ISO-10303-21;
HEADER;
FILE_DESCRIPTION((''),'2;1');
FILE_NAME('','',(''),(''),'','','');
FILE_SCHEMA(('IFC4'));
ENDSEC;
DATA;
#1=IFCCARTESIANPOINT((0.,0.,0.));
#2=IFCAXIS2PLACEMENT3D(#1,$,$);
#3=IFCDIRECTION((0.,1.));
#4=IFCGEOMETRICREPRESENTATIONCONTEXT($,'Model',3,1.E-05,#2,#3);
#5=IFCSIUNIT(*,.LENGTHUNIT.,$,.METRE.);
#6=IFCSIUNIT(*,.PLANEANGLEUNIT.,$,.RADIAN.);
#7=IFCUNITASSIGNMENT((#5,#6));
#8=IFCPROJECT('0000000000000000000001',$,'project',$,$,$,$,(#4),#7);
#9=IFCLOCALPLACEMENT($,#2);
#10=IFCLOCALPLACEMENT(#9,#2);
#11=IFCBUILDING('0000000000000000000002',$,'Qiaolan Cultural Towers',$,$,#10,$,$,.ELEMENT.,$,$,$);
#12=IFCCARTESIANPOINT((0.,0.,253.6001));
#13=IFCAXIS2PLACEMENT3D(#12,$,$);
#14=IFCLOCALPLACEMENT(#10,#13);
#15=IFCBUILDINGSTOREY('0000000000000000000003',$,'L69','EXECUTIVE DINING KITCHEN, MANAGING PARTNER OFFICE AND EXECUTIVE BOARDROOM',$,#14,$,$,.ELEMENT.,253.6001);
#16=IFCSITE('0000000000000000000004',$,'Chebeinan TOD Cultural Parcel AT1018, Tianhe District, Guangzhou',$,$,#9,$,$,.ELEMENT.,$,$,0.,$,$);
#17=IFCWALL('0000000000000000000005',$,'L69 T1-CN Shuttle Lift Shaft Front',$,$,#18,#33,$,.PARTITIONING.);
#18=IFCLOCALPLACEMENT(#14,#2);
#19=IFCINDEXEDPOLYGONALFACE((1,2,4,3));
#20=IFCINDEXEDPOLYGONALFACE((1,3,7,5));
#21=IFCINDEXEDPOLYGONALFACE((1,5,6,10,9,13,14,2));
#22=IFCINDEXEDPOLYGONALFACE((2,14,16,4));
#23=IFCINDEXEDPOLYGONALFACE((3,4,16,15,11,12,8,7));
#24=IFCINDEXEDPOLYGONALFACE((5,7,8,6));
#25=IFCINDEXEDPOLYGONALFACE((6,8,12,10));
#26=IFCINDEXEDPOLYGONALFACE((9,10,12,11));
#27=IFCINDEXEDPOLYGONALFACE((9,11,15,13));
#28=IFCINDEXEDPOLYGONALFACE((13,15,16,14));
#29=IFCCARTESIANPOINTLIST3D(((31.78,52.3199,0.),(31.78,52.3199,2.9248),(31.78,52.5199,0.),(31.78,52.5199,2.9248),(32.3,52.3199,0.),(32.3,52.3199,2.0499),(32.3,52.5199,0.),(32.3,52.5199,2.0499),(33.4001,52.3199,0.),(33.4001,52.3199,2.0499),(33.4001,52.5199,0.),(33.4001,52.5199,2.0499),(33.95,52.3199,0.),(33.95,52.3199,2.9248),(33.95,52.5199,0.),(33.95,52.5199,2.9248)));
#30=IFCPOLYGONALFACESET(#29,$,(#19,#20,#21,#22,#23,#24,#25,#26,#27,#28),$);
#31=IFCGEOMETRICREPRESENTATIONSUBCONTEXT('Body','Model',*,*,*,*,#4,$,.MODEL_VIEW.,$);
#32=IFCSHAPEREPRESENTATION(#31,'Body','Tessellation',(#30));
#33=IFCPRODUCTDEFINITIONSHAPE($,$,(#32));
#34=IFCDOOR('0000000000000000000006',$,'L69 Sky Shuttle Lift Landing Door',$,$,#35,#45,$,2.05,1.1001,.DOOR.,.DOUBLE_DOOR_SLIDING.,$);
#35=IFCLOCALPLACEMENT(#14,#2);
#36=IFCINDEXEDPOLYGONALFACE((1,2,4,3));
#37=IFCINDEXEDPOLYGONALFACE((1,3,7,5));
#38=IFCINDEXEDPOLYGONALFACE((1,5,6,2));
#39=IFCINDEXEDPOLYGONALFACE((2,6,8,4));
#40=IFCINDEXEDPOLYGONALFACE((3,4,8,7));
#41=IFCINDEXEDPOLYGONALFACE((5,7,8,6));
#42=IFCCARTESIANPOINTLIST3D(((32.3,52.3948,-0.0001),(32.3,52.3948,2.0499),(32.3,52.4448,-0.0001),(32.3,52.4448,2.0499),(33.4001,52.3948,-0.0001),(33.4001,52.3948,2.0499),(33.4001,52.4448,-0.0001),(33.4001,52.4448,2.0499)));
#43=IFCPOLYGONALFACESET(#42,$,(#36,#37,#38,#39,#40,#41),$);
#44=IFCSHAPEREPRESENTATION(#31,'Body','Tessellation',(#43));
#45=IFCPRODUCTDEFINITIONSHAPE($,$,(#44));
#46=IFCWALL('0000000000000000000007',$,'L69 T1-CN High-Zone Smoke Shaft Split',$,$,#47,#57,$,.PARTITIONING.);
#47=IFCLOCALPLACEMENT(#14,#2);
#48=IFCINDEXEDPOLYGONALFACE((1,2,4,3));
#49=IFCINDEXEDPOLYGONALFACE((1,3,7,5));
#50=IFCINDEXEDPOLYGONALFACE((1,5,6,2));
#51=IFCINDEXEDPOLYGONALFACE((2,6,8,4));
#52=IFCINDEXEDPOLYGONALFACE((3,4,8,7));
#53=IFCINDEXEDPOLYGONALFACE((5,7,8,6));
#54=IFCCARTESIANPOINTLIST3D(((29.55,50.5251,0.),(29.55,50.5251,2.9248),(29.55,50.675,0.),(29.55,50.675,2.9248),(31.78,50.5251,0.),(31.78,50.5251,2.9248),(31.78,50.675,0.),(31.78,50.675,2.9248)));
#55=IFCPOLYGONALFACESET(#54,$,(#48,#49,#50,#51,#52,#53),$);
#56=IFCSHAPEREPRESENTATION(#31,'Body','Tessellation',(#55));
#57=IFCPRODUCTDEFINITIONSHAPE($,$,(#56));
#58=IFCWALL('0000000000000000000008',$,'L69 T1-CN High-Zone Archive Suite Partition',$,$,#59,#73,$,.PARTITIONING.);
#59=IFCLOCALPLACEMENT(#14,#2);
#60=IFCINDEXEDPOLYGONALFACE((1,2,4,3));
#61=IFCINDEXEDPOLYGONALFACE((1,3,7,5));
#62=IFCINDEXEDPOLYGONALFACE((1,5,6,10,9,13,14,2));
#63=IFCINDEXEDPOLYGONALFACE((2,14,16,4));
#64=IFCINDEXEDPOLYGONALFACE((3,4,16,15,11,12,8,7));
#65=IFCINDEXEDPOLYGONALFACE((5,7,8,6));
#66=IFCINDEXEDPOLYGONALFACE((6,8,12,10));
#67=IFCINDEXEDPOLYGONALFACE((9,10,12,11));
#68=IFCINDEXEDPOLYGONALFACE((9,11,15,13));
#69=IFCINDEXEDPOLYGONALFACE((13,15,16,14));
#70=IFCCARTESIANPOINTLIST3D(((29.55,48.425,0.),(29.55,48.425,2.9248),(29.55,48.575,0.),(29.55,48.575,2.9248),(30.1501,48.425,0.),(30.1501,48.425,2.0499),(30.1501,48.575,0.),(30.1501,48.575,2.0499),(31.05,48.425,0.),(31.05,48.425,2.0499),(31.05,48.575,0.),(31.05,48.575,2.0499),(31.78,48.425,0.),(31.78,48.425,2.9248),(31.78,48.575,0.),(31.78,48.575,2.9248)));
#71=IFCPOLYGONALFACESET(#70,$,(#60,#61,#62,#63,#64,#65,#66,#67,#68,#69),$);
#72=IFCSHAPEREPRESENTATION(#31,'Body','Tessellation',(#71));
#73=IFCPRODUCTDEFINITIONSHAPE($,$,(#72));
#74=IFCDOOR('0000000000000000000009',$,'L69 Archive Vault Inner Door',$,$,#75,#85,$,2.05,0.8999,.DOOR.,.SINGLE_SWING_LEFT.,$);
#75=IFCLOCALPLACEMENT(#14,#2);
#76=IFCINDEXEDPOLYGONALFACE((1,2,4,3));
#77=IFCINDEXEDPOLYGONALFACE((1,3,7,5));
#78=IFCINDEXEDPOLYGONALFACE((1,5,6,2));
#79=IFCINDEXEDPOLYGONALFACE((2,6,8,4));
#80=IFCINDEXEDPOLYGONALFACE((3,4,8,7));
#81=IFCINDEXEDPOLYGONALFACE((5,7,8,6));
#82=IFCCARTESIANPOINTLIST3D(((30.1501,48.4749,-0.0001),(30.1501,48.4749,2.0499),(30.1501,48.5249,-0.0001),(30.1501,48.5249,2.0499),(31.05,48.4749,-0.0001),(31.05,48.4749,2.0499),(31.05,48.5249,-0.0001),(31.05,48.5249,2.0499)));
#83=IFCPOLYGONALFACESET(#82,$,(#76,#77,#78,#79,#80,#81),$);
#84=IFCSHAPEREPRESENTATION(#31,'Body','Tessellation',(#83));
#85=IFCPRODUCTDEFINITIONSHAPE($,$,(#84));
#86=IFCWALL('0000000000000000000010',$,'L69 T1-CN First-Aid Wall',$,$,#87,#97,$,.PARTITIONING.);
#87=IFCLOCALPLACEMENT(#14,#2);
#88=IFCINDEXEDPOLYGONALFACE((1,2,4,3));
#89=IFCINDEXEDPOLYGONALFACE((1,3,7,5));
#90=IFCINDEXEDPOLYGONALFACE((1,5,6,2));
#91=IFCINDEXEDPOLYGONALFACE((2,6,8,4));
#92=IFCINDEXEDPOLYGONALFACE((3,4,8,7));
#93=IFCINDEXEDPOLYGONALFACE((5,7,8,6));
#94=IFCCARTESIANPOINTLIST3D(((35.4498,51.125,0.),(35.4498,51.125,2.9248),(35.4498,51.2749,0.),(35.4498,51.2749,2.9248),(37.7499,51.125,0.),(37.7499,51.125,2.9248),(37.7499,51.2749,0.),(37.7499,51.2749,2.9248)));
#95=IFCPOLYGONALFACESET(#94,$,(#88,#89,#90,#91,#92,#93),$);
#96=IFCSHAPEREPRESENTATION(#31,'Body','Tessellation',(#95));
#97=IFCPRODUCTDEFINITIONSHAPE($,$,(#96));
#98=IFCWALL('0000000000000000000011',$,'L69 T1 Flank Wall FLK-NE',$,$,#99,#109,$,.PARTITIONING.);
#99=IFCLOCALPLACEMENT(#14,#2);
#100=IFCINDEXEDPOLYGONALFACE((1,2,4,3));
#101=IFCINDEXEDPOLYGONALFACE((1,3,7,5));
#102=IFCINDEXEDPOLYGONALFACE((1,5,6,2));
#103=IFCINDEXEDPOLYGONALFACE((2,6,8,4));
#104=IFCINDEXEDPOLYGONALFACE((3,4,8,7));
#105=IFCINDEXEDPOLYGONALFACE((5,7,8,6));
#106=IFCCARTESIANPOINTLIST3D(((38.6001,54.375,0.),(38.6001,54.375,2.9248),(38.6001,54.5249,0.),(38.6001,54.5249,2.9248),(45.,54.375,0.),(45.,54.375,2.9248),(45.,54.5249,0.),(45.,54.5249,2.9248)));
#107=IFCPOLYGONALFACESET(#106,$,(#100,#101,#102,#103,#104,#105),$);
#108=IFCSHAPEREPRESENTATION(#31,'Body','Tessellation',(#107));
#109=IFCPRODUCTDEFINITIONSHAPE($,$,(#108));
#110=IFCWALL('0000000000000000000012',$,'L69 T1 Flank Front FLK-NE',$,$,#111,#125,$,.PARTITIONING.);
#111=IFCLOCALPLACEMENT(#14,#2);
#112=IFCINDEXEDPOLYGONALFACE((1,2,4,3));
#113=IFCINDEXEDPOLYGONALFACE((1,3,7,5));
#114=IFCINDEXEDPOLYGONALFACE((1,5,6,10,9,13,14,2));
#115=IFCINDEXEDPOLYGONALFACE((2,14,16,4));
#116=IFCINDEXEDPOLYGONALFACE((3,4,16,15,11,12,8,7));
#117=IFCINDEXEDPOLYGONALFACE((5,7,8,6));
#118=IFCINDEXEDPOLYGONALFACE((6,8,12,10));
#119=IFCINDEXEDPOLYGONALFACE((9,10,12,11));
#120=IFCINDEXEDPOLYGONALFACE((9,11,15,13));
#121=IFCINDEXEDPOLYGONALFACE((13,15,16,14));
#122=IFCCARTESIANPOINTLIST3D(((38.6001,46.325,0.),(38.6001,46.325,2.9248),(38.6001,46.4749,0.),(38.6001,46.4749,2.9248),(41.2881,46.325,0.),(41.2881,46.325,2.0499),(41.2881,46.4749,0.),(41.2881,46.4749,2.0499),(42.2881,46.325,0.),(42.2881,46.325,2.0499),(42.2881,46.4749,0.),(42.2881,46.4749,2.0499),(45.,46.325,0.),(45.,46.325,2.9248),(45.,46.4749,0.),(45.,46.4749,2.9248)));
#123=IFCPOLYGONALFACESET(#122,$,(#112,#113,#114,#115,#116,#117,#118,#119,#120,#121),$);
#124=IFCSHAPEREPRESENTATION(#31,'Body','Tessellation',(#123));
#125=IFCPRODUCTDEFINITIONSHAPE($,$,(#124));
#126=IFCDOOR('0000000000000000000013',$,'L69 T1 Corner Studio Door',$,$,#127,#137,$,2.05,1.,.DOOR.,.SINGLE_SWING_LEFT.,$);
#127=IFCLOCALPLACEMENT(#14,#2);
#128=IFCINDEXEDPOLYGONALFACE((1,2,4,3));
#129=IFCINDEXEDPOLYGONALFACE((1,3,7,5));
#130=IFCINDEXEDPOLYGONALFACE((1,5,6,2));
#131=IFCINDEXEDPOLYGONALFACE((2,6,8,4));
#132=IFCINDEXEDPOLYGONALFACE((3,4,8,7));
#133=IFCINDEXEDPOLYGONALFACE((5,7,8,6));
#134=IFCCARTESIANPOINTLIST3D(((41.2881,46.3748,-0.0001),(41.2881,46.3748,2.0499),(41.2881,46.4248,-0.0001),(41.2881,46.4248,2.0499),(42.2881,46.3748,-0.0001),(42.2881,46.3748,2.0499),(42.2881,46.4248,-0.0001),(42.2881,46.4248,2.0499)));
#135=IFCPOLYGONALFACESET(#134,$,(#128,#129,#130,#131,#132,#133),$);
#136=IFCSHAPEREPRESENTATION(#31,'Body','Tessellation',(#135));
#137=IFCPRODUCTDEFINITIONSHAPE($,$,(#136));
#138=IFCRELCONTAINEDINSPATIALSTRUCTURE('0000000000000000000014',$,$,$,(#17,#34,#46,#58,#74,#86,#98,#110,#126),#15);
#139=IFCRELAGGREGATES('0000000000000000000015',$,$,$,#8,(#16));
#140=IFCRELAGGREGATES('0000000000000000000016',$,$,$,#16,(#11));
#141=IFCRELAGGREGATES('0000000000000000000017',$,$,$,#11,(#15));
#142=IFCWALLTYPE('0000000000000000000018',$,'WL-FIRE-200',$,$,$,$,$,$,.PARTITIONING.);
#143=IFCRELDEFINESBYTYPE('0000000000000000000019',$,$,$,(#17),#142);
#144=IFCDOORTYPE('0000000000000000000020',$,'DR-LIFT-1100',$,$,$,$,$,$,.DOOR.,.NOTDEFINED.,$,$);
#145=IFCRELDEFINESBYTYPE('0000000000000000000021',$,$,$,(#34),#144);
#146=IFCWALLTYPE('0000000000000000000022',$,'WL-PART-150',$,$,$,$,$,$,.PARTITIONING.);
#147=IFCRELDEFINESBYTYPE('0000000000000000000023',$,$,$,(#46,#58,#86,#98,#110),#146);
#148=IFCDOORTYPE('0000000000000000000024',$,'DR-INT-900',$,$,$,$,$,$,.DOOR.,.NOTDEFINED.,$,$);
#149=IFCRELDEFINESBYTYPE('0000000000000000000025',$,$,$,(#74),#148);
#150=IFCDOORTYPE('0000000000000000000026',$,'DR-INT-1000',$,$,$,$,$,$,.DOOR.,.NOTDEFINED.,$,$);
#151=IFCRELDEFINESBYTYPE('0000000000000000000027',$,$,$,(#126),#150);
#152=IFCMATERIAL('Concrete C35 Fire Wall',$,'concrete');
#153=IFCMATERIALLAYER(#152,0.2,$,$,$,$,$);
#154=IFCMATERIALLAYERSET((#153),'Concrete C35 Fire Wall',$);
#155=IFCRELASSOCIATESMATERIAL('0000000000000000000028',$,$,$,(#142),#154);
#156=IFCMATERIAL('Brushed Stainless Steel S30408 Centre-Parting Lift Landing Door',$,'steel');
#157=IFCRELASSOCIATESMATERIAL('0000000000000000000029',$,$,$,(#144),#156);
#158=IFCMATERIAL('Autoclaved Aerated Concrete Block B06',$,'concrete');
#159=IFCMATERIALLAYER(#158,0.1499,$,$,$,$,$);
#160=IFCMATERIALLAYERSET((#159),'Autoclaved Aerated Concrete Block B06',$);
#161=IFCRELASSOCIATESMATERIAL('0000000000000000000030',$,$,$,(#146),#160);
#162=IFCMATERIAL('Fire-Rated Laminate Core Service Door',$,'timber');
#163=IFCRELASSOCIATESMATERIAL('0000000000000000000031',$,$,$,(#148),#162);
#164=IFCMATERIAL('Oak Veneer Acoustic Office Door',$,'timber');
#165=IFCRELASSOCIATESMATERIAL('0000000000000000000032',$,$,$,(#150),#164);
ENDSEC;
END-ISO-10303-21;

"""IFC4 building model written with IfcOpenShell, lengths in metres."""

from ifc_helpers import new_model, si_unit, direction, frame, frame_2d, origin, place, context, subcontext, project, spatial, rectangle, extrude, material, layer, layer_set, type_object, element, fill, save


model = new_model("IFC4")

# Units and contexts
model_context = context("Model", 3, precision=1e-05, world=origin(), true_north=direction((0.0, 1.0)))
body_context = subcontext(model_context, "Body", "Model", "MODEL_VIEW")
ifc_project = project(units=[si_unit("LENGTHUNIT", "METRE"), si_unit("PLANEANGLEUNIT", "RADIAN")], contexts=[model_context])

# Site, building, storey
site_placement = place(None, origin())
site = spatial("IfcSite", under=ifc_project, at=site_placement, Name="Chebeinan TOD Cultural Parcel AT1018, Tianhe District, Guangzhou", CompositionType="ELEMENT", RefElevation=0.0)
building_placement = place(site_placement, origin())
building = spatial("IfcBuilding", under=site, at=building_placement, Name="Qiaolan Cultural Towers", CompositionType="ELEMENT")
storey_placement = place(building_placement, frame((0.0, 0.0, 253.6001)))
storey = spatial("IfcBuildingStorey", under=building, at=storey_placement, Name="L69", Description="EXECUTIVE DINING KITCHEN, MANAGING PARTNER OFFICE AND EXECUTIVE BOARDROOM", CompositionType="ELEMENT", Elevation=253.6001)

# Shared definitions
ifc_material_1 = material(Name="Concrete C35 Fire Wall", Category="concrete")
ifc_layer_1 = layer(ifc_material_1, 0.2)
ifc_layer_set_1 = layer_set([ifc_layer_1], Name="Concrete C35 Fire Wall")
wall_type_1 = type_object("IfcWallType", Name="WL-FIRE-200", PredefinedType="PARTITIONING", material=ifc_layer_set_1)
ifc_material_2 = material(Name="Brushed Stainless Steel S30408 Centre-Parting Lift Landing Door", Category="steel")
door_type_1 = type_object("IfcDoorType", Name="DR-LIFT-1100", OperationType="NOTDEFINED", PredefinedType="DOOR", material=ifc_material_2)

# Wall, opening, door
wall_1_placement = place(storey_placement, frame((31.78, 52.4199, 0.0), z_axis=(0.0, 0.0, 1.0), x_axis=(1.0, 0.0, 0.0)))
wall_1 = element("IfcWall", 1, at=wall_1_placement, inside=storey, type_object=wall_type_1, Name="L69 T1-CN Shuttle Lift Shaft Front", PredefinedType="PARTITIONING", context=body_context, shape_type="SweptSolid", body=[
    extrude(rectangle(XDim=2.1699, YDim=0.2, at=frame_2d((1.085, 0.0))), origin(), (0.0, 0.0, 1.0), 2.9248),
])
opening_1_placement = place(wall_1_placement, frame((0.52, 0.0, 0.0)))
opening_1 = element("IfcOpeningElement", 2, at=opening_1_placement, cuts=wall_1, PredefinedType="OPENING", context=body_context, shape_type="SweptSolid", body=[
    extrude(rectangle(XDim=1.1001, YDim=2.05, at=frame_2d((0.55, 1.0249))), frame((0.0, 0.1099, 0.0), z_axis=(0.0, -1.0, 0.0), x_axis=(1.0, 0.0, 0.0)), (0.0, 0.0, 1.0), 0.22),
])
door_1_placement = place(opening_1_placement, origin())
door_1 = element("IfcDoor", 3, at=door_1_placement, inside=storey, type_object=door_type_1, Name="L69 Sky Shuttle Lift Landing Door", OperationType="DOUBLE_DOOR_SLIDING", OverallHeight=2.05, OverallWidth=1.1001, PredefinedType="DOOR", context=body_context, shape_type="SweptSolid", body=[
    extrude(rectangle(XDim=1.1001, YDim=2.05, at=frame_2d((0.55, 1.0249))), frame((0.0, 0.0249, 0.0), z_axis=(0.0, -1.0, 0.0), x_axis=(1.0, 0.0, 0.0)), (0.0, 0.0, 1.0), 0.05),
])
fill(opening_1, door_1)

# Wall
ifc_material_3 = material(Name="Autoclaved Aerated Concrete Block B06", Category="concrete")
ifc_layer_2 = layer(ifc_material_3, 0.1499)
ifc_layer_set_2 = layer_set([ifc_layer_2], Name="Autoclaved Aerated Concrete Block B06")
wall_type_2 = type_object("IfcWallType", Name="WL-PART-150", PredefinedType="PARTITIONING", material=ifc_layer_set_2)
wall_2_placement = place(storey_placement, frame((29.55, 50.6001, 0.0), z_axis=(0.0, 0.0, 1.0), x_axis=(1.0, 0.0, 0.0)))
element("IfcWall", 4, at=wall_2_placement, inside=storey, type_object=wall_type_2, Name="L69 T1-CN High-Zone Smoke Shaft Split", PredefinedType="PARTITIONING", context=body_context, shape_type="SweptSolid", body=[
    extrude(rectangle(XDim=2.23, YDim=0.1499, at=frame_2d((1.115, 0.0))), origin(), (0.0, 0.0, 1.0), 2.9248),
])

# Wall, opening, door
wall_3_placement = place(storey_placement, frame((29.55, 48.5, 0.0), z_axis=(0.0, 0.0, 1.0), x_axis=(1.0, 0.0, 0.0)))
wall_3 = element("IfcWall", 5, at=wall_3_placement, inside=storey, type_object=wall_type_2, Name="L69 T1-CN High-Zone Archive Suite Partition", PredefinedType="PARTITIONING", context=body_context, shape_type="SweptSolid", body=[
    extrude(rectangle(XDim=2.23, YDim=0.1499, at=frame_2d((1.115, 0.0))), origin(), (0.0, 0.0, 1.0), 2.9248),
])
opening_2_placement = place(wall_3_placement, frame((0.6001, 0.0, 0.0)))
opening_2 = element("IfcOpeningElement", 6, at=opening_2_placement, cuts=wall_3, PredefinedType="OPENING", context=body_context, shape_type="SweptSolid", body=[
    extrude(rectangle(XDim=0.8999, YDim=2.05, at=frame_2d((0.45, 1.0249))), frame((0.0, 0.085, 0.0), z_axis=(0.0, -1.0, 0.0), x_axis=(1.0, 0.0, 0.0)), (0.0, 0.0, 1.0), 0.1699),
])
ifc_material_4 = material(Name="Fire-Rated Laminate Core Service Door", Category="timber")
door_type_2 = type_object("IfcDoorType", Name="DR-INT-900", OperationType="NOTDEFINED", PredefinedType="DOOR", material=ifc_material_4)
door_2_placement = place(opening_2_placement, origin())
door_2 = element("IfcDoor", 7, at=door_2_placement, inside=storey, type_object=door_type_2, Name="L69 Archive Vault Inner Door", OperationType="SINGLE_SWING_LEFT", OverallHeight=2.05, OverallWidth=0.8999, PredefinedType="DOOR", context=body_context, shape_type="SweptSolid", body=[
    extrude(rectangle(XDim=0.8999, YDim=2.05, at=frame_2d((0.45, 1.0249))), frame((0.0, 0.0249, 0.0), z_axis=(0.0, -1.0, 0.0), x_axis=(1.0, 0.0, 0.0)), (0.0, 0.0, 1.0), 0.05),
])
fill(opening_2, door_2)

# Walls
wall_4_placement = place(storey_placement, frame((35.45, 51.2, 0.0), z_axis=(0.0, 0.0, 1.0), x_axis=(1.0, 0.0, 0.0)))
element("IfcWall", 8, at=wall_4_placement, inside=storey, type_object=wall_type_2, Name="L69 T1-CN First-Aid Wall", PredefinedType="PARTITIONING", context=body_context, shape_type="SweptSolid", body=[
    extrude(rectangle(XDim=2.3, YDim=0.1499, at=frame_2d((1.1499, 0.0))), origin(), (0.0, 0.0, 1.0), 2.9248),
])
wall_5_placement = place(storey_placement, frame((38.6001, 54.45, 0.0), z_axis=(0.0, 0.0, 1.0), x_axis=(1.0, 0.0, 0.0)))
element("IfcWall", 9, at=wall_5_placement, inside=storey, type_object=wall_type_2, Name="L69 T1 Flank Wall FLK-NE", PredefinedType="PARTITIONING", context=body_context, shape_type="SweptSolid", body=[
    extrude(rectangle(XDim=6.3999, YDim=0.1499, at=frame_2d((3.2, 0.0))), origin(), (0.0, 0.0, 1.0), 2.9248),
])

# Wall, opening, door
wall_6_placement = place(storey_placement, frame((38.6001, 46.3999, 0.0), z_axis=(0.0, 0.0, 1.0), x_axis=(1.0, 0.0, 0.0)))
wall_6 = element("IfcWall", 10, at=wall_6_placement, inside=storey, type_object=wall_type_2, Name="L69 T1 Flank Front FLK-NE", PredefinedType="PARTITIONING", context=body_context, shape_type="SweptSolid", body=[
    extrude(rectangle(XDim=6.3999, YDim=0.1499, at=frame_2d((3.2, 0.0))), origin(), (0.0, 0.0, 1.0), 2.9248),
])
opening_3_placement = place(wall_6_placement, frame((2.688, 0.0, 0.0)))
opening_3 = element("IfcOpeningElement", 11, at=opening_3_placement, cuts=wall_6, PredefinedType="OPENING", context=body_context, shape_type="SweptSolid", body=[
    extrude(rectangle(XDim=1.0, YDim=2.05, at=frame_2d((0.5, 1.0249))), frame((0.0, 0.085, 0.0), z_axis=(0.0, -1.0, 0.0), x_axis=(1.0, 0.0, 0.0)), (0.0, 0.0, 1.0), 0.1699),
])
ifc_material_5 = material(Name="Oak Veneer Acoustic Office Door", Category="timber")
door_type_3 = type_object("IfcDoorType", Name="DR-INT-1000", OperationType="NOTDEFINED", PredefinedType="DOOR", material=ifc_material_5)
door_3_placement = place(opening_3_placement, origin())
door_3 = element("IfcDoor", 12, at=door_3_placement, inside=storey, type_object=door_type_3, Name="L69 T1 Corner Studio Door", OperationType="SINGLE_SWING_LEFT", OverallHeight=2.05, OverallWidth=1.0, PredefinedType="DOOR", context=body_context, shape_type="SweptSolid", body=[
    extrude(rectangle(XDim=1.0, YDim=2.05, at=frame_2d((0.5, 1.0249))), frame((0.0, 0.0249, 0.0), z_axis=(0.0, -1.0, 0.0), x_axis=(1.0, 0.0, 0.0)), (0.0, 0.0, 1.0), 0.05),
])
fill(opening_3, door_3)

save(model, "model.ifc")
